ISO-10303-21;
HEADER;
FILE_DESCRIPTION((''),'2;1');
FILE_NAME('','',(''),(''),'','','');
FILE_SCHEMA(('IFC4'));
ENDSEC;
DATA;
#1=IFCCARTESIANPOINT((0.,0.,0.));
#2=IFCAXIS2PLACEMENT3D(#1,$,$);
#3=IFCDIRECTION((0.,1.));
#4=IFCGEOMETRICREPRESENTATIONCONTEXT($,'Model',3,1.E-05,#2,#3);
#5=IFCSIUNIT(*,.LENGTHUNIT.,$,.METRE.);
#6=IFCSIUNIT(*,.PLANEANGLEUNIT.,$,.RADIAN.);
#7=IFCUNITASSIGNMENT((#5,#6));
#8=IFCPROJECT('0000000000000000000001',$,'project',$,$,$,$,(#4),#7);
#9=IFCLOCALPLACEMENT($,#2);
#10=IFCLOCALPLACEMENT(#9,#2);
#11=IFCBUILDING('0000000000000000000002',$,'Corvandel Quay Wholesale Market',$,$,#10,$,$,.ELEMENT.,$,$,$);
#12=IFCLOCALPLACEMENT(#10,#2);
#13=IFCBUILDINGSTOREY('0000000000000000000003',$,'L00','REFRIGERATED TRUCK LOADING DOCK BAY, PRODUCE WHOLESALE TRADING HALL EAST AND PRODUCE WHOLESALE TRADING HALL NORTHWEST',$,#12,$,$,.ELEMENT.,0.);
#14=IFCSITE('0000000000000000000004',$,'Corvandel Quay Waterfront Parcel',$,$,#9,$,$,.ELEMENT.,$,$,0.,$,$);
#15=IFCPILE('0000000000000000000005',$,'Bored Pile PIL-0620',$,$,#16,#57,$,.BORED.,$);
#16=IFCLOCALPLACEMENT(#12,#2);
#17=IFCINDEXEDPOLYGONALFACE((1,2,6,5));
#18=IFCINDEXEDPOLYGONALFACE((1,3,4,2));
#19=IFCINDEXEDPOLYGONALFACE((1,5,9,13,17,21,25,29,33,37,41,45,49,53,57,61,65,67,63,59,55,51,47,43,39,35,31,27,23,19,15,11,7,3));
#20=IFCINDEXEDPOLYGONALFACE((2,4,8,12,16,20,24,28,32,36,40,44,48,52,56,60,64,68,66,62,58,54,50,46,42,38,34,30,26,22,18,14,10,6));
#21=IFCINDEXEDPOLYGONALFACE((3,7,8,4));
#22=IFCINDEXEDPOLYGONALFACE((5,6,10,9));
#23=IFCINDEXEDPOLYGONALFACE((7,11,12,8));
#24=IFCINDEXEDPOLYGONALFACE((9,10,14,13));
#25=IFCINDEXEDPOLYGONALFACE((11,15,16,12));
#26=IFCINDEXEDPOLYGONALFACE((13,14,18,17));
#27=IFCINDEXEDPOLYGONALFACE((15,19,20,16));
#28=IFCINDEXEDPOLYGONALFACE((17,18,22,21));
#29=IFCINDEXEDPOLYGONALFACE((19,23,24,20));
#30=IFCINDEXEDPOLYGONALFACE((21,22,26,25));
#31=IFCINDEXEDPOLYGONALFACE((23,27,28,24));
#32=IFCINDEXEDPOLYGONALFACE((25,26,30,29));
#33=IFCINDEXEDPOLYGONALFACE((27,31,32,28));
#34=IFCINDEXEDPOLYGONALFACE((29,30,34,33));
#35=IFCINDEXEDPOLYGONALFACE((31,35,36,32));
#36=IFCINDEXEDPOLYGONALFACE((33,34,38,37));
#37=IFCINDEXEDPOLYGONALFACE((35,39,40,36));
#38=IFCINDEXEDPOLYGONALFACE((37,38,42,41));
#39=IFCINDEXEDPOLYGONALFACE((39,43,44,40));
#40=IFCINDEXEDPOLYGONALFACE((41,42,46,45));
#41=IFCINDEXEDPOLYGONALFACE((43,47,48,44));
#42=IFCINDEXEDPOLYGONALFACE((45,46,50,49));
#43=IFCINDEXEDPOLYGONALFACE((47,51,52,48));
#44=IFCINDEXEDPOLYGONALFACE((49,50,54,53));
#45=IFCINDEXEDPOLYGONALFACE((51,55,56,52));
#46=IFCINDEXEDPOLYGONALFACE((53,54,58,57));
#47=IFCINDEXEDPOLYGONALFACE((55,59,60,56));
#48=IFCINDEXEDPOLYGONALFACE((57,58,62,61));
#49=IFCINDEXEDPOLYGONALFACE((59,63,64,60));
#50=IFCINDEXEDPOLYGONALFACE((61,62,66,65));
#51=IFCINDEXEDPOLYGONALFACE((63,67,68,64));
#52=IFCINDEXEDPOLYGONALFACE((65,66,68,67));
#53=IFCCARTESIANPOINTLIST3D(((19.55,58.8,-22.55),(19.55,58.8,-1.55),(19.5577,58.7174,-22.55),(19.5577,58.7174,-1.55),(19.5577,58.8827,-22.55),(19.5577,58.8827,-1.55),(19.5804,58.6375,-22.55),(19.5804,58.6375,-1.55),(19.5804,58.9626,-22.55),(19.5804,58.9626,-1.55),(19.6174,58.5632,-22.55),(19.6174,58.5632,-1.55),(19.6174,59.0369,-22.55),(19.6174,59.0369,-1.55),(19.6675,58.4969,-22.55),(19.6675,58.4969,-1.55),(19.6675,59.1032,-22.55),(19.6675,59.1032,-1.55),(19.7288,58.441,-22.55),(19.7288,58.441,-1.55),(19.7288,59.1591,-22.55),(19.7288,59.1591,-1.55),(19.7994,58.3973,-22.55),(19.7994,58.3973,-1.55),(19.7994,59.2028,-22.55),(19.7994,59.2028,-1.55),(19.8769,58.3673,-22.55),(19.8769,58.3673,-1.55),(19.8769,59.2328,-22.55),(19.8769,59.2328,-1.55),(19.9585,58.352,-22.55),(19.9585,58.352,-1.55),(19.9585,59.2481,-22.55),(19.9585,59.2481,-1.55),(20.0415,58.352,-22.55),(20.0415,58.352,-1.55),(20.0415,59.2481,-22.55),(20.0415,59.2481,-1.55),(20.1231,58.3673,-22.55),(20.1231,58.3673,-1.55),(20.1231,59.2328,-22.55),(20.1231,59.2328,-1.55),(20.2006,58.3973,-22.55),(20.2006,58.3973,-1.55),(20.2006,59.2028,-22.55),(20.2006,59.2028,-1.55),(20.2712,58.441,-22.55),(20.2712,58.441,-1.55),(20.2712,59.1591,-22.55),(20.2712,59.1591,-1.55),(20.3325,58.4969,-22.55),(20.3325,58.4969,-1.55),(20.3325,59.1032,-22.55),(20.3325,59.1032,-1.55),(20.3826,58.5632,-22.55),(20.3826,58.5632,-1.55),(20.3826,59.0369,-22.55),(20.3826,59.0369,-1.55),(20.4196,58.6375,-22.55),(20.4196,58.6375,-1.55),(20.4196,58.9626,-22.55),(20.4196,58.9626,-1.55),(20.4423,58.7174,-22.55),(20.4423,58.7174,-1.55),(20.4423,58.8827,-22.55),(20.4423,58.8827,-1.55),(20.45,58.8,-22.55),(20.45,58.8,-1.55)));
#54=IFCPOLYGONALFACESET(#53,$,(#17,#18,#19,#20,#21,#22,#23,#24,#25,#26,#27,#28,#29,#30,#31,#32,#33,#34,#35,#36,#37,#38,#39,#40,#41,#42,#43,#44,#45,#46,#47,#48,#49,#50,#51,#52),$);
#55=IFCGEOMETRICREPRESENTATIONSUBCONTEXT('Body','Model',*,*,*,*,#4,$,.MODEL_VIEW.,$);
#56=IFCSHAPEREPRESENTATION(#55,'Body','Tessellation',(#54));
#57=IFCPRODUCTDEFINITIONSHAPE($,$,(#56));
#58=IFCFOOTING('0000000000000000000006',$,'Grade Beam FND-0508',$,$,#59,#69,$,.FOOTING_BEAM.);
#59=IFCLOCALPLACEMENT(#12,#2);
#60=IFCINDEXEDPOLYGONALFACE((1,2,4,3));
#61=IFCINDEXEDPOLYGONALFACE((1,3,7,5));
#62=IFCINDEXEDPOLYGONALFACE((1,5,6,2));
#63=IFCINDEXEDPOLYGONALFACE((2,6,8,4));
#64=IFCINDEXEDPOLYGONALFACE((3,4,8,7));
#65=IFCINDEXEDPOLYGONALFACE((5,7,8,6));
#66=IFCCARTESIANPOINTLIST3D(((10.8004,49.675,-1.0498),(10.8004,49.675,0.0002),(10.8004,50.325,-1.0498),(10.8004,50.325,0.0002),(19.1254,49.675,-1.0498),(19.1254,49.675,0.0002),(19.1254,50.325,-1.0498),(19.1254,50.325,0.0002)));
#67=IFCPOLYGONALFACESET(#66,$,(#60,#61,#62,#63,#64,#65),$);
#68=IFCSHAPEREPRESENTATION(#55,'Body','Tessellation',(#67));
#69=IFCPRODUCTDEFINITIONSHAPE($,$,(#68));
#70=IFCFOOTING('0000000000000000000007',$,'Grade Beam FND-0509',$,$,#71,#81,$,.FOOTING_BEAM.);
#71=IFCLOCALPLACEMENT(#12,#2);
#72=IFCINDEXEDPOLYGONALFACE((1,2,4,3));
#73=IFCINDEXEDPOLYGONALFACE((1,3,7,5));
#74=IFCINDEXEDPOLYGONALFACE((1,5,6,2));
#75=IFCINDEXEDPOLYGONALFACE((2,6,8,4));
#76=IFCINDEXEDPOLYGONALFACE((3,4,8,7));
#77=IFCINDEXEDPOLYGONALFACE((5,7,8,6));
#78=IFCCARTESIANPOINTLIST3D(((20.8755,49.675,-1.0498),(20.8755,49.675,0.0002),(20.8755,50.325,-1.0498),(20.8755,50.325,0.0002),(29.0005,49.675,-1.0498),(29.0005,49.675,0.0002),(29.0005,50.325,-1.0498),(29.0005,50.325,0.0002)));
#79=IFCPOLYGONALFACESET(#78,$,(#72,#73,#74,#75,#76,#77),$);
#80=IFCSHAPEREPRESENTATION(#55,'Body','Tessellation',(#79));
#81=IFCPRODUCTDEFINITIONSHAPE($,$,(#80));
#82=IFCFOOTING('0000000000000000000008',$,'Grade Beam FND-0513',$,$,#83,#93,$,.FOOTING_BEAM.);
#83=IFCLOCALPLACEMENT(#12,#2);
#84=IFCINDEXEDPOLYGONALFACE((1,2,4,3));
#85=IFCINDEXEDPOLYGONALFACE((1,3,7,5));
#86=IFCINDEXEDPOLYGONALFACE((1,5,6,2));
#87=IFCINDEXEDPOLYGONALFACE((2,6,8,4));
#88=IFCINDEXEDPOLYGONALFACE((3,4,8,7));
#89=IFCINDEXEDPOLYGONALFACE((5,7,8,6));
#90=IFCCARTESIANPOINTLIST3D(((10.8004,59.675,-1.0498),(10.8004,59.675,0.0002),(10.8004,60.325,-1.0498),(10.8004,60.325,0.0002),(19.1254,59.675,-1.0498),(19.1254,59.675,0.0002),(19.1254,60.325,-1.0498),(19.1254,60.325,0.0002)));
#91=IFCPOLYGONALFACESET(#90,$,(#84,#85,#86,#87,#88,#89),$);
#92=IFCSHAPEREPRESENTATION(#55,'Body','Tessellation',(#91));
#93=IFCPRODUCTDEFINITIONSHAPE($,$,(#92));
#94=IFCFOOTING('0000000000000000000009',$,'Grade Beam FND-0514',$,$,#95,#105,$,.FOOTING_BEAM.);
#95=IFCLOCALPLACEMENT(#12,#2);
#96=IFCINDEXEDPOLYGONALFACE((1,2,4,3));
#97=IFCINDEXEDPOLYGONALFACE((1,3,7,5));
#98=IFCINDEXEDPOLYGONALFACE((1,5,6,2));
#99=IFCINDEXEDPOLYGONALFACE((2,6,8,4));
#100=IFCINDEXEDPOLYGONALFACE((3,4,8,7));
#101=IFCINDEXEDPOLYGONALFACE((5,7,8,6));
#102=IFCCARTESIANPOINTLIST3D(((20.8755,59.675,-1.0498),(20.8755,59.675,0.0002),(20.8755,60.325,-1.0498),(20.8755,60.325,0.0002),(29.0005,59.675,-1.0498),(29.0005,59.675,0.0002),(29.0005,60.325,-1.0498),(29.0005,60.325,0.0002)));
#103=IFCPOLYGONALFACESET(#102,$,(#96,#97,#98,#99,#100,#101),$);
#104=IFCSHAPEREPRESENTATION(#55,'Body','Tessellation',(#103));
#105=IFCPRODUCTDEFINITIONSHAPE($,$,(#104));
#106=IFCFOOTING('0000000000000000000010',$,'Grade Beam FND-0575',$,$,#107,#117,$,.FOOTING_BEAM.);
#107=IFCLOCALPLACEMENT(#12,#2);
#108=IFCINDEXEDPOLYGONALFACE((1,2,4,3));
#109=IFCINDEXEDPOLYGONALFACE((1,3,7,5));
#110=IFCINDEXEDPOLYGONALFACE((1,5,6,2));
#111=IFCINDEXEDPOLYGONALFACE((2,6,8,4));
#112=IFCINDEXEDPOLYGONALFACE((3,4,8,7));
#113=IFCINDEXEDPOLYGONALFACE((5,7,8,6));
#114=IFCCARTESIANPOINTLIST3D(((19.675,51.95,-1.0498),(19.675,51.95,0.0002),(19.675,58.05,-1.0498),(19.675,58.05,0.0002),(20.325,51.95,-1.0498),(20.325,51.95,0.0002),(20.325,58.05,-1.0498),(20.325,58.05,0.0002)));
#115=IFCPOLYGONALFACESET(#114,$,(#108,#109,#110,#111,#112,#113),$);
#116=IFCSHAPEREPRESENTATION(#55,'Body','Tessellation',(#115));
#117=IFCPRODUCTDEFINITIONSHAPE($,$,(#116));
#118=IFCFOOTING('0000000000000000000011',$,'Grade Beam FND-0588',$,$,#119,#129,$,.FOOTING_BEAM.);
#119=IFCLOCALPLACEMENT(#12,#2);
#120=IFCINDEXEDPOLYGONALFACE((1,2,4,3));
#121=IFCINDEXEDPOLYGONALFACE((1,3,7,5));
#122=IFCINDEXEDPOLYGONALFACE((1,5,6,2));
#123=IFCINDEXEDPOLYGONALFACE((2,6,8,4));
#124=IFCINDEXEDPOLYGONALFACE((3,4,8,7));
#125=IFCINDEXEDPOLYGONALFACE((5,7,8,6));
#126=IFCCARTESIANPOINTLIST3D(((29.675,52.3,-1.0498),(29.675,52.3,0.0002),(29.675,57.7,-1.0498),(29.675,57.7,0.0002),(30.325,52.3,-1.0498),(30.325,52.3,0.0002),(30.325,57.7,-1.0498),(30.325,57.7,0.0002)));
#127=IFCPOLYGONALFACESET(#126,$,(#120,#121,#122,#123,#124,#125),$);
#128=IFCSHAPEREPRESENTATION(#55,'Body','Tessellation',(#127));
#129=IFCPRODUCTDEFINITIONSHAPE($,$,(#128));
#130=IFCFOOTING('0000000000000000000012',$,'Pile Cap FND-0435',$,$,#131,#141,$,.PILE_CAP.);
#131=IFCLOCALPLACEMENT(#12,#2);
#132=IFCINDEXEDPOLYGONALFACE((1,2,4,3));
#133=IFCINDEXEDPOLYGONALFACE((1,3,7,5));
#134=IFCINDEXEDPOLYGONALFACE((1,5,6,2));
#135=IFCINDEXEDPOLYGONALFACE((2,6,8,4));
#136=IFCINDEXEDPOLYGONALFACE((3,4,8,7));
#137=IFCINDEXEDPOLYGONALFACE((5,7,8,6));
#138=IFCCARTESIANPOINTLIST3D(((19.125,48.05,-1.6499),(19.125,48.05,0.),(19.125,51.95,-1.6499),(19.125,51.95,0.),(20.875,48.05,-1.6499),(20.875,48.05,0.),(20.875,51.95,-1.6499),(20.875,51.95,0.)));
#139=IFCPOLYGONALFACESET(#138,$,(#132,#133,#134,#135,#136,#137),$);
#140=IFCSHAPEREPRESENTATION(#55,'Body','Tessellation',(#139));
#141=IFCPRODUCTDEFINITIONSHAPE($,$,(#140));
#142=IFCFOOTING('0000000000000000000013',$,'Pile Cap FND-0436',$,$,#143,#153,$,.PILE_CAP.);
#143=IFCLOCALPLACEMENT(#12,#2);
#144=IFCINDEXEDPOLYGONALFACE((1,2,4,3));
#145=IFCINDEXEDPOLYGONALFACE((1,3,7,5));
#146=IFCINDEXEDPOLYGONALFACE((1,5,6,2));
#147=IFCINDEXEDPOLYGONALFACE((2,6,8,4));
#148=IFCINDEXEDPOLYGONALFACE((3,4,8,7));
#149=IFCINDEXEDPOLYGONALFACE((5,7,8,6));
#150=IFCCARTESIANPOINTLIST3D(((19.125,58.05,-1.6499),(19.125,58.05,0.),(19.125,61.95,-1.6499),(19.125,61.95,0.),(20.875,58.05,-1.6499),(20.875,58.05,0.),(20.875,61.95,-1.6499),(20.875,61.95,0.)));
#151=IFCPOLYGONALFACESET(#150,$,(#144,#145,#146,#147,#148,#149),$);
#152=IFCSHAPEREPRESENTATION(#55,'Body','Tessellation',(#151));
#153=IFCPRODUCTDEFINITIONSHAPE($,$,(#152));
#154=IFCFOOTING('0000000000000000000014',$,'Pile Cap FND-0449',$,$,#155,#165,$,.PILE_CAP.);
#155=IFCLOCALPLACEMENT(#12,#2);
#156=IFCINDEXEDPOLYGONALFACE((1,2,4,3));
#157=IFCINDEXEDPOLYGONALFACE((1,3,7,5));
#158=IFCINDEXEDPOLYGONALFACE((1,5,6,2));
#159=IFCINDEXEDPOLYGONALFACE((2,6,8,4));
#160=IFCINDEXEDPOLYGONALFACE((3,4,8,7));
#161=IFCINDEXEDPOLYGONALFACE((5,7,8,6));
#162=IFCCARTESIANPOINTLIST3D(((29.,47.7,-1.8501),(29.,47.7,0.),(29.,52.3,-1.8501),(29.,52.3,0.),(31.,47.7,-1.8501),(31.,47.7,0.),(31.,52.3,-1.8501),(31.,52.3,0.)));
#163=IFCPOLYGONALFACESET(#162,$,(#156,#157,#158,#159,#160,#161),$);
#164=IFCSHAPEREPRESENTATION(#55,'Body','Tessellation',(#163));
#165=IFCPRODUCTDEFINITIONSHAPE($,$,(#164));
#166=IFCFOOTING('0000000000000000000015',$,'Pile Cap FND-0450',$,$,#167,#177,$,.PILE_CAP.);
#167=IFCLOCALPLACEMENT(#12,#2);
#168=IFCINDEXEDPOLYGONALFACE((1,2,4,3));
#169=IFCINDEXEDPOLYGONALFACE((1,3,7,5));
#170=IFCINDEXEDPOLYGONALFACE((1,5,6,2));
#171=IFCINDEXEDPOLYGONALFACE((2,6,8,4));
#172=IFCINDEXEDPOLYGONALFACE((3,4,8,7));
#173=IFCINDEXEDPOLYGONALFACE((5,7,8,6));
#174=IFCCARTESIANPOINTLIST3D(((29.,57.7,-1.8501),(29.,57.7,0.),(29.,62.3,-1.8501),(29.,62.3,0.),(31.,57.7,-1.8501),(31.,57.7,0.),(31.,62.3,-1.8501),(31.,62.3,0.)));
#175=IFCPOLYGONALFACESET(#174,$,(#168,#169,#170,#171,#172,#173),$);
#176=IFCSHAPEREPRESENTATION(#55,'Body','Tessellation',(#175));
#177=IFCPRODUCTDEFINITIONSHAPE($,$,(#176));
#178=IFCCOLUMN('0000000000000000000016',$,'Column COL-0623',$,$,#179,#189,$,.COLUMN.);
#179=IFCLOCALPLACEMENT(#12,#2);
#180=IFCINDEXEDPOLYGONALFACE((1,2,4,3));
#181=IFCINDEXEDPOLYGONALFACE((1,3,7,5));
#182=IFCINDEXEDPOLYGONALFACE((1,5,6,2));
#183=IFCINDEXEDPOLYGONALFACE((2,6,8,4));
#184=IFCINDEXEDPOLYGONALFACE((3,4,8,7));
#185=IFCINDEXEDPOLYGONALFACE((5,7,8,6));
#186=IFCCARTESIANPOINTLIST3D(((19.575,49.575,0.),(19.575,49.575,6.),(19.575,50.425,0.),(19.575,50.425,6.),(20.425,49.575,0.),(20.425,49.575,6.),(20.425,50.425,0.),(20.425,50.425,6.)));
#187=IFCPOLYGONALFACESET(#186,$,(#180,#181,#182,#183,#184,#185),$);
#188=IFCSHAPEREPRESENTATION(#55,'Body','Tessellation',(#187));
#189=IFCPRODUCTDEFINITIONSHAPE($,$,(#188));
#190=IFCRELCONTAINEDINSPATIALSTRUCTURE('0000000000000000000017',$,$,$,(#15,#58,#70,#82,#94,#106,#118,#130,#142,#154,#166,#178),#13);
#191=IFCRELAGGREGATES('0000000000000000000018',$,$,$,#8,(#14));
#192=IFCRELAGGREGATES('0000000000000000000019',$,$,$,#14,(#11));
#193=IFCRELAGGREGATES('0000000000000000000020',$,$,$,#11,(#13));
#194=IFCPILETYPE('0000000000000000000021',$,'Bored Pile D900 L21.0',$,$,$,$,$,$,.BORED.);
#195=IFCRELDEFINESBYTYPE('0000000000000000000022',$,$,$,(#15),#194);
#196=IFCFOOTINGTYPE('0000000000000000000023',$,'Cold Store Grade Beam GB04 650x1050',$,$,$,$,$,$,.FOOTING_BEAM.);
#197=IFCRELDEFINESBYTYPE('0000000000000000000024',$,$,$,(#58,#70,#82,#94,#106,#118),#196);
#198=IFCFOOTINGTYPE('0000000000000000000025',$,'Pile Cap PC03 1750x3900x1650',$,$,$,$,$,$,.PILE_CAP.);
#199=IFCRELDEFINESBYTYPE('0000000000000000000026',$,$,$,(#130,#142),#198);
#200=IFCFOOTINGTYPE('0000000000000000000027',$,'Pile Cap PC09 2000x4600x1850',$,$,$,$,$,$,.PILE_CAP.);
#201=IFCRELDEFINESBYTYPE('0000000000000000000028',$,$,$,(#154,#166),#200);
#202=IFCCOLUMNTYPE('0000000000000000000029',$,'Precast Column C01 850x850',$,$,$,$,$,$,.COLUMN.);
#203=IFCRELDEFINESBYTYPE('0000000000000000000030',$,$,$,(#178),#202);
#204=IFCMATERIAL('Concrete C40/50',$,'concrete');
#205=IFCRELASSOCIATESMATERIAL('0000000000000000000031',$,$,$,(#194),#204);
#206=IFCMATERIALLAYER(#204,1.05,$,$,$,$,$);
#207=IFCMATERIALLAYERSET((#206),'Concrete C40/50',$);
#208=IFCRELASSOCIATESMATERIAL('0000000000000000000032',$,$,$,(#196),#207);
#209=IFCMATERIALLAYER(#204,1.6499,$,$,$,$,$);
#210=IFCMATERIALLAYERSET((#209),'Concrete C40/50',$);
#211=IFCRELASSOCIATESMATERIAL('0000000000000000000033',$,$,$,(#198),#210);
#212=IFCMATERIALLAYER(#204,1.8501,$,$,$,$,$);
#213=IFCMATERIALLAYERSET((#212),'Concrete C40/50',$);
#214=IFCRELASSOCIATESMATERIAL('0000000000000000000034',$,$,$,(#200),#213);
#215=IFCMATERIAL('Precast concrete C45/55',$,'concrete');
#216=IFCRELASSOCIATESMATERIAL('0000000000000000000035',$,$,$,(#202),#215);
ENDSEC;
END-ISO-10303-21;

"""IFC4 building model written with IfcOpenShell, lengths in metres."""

from ifc_helpers import new_model, si_unit, direction, frame, origin, origin_2d, place, context, subcontext, project, spatial, rectangle, circle, extrude, material, layer, layer_set, material_profile, profile_set, type_object, element, save


model = new_model("IFC4")

# Units and contexts
model_context = context("Model", 3, precision=1e-05, world=origin(), true_north=direction((0.0, 1.0)))
body_context = subcontext(model_context, "Body", "Model", "MODEL_VIEW")
ifc_project = project(units=[si_unit("LENGTHUNIT", "METRE"), si_unit("PLANEANGLEUNIT", "RADIAN")], contexts=[model_context])

# Site, building, storey
site_placement = place(None, origin())
site = spatial("IfcSite", under=ifc_project, at=site_placement, Name="Corvandel Quay Waterfront Parcel", CompositionType="ELEMENT", RefElevation=0.0)
building_placement = place(site_placement, origin())
building = spatial("IfcBuilding", under=site, at=building_placement, Name="Corvandel Quay Wholesale Market", CompositionType="ELEMENT")
storey_placement = place(building_placement, origin())
storey = spatial("IfcBuildingStorey", under=building, at=storey_placement, Name="L00", Description="REFRIGERATED TRUCK LOADING DOCK BAY, PRODUCE WHOLESALE TRADING HALL EAST AND PRODUCE WHOLESALE TRADING HALL NORTHWEST", CompositionType="ELEMENT", Elevation=0.0)

# Pile
ifc_material_1 = material(Name="Concrete C40/50", Category="concrete")
ifc_material_profile_1 = material_profile(ifc_material_1, circle(Radius=0.45, at=origin_2d()), Name="RC-PILE-D900")
ifc_profile_set_1 = profile_set([ifc_material_profile_1], Name="Concrete C40/50")
pile_type_1 = type_object("IfcPileType", Name="Bored Pile D900 L21.0", PredefinedType="BORED", material=ifc_profile_set_1)
for number, where, z_axis, x_axis, name in (
    (1, (20.0, 58.8, -1.55), (0.0, 0.0, -1.0), (1.0, 0.0, 0.0), "Bored Pile PIL-0620"),
):
    element("IfcPile", number, at=place(storey_placement, frame(where, z_axis=z_axis, x_axis=x_axis)), inside=storey, type_object=pile_type_1, Name=name, PredefinedType="BORED", context=body_context, shape_type="SweptSolid", body=[
        extrude(circle(Radius=0.45, at=origin_2d()), origin(), (0.0, 0.0, 1.0), 21.0),
    ])

# Footings
ifc_layer_1 = layer(ifc_material_1, 1.05)
ifc_layer_set_1 = layer_set([ifc_layer_1], Name="Concrete C40/50")
footing_type_1 = type_object("IfcFootingType", Name="Cold Store Grade Beam GB04 650x1050", PredefinedType="FOOTING_BEAM", material=ifc_layer_set_1)
footing_1_placement = place(storey_placement, frame((14.9629, 50.0, -1.0498), z_axis=(0.0, 0.0, 1.0), x_axis=(1.0, 0.0, 0.0)))
element("IfcFooting", 2, at=footing_1_placement, inside=storey, type_object=footing_type_1, Name="Grade Beam FND-0508", PredefinedType="FOOTING_BEAM", context=body_context, shape_type="SweptSolid", body=[
    extrude(rectangle(XDim=8.325, YDim=0.6499, at=origin_2d()), origin(), (0.0, 0.0, 1.0), 1.05),
])
footing_2_placement = place(storey_placement, frame((24.938, 50.0, -1.0498), z_axis=(0.0, 0.0, 1.0), x_axis=(1.0, 0.0, 0.0)))
element("IfcFooting", 3, at=footing_2_placement, inside=storey, type_object=footing_type_1, Name="Grade Beam FND-0509", PredefinedType="FOOTING_BEAM", context=body_context, shape_type="SweptSolid", body=[
    extrude(rectangle(XDim=8.125, YDim=0.6499, at=origin_2d()), origin(), (0.0, 0.0, 1.0), 1.05),
])
footing_3_placement = place(storey_placement, frame((14.9629, 60.0, -1.0498), z_axis=(0.0, 0.0, 1.0), x_axis=(1.0, 0.0, 0.0)))
element("IfcFooting", 4, at=footing_3_placement, inside=storey, type_object=footing_type_1, Name="Grade Beam FND-0513", PredefinedType="FOOTING_BEAM", context=body_context, shape_type="SweptSolid", body=[
    extrude(rectangle(XDim=8.325, YDim=0.6499, at=origin_2d()), origin(), (0.0, 0.0, 1.0), 1.05),
])
footing_4_placement = place(storey_placement, frame((24.938, 60.0, -1.0498), z_axis=(0.0, 0.0, 1.0), x_axis=(1.0, 0.0, 0.0)))
element("IfcFooting", 5, at=footing_4_placement, inside=storey, type_object=footing_type_1, Name="Grade Beam FND-0514", PredefinedType="FOOTING_BEAM", context=body_context, shape_type="SweptSolid", body=[
    extrude(rectangle(XDim=8.125, YDim=0.6499, at=origin_2d()), origin(), (0.0, 0.0, 1.0), 1.05),
])
footing_5_placement = place(storey_placement, frame((20.0, 55.0, -1.0498), z_axis=(0.0, 0.0, 1.0), x_axis=(0.0, 1.0, 0.0)))
element("IfcFooting", 6, at=footing_5_placement, inside=storey, type_object=footing_type_1, Name="Grade Beam FND-0575", PredefinedType="FOOTING_BEAM", context=body_context, shape_type="SweptSolid", body=[
    extrude(rectangle(XDim=6.1001, YDim=0.6499, at=origin_2d()), origin(), (0.0, 0.0, 1.0), 1.05),
])
footing_6_placement = place(storey_placement, frame((30.0, 55.0, -1.0498), z_axis=(0.0, 0.0, 1.0), x_axis=(0.0, 1.0, 0.0)))
element("IfcFooting", 7, at=footing_6_placement, inside=storey, type_object=footing_type_1, Name="Grade Beam FND-0588", PredefinedType="FOOTING_BEAM", context=body_context, shape_type="SweptSolid", body=[
    extrude(rectangle(XDim=5.3999, YDim=0.6499, at=origin_2d()), origin(), (0.0, 0.0, 1.0), 1.05),
])
ifc_layer_2 = layer(ifc_material_1, 1.6499)
ifc_layer_set_2 = layer_set([ifc_layer_2], Name="Concrete C40/50")
footing_type_2 = type_object("IfcFootingType", Name="Pile Cap PC03 1750x3900x1650", PredefinedType="PILE_CAP", material=ifc_layer_set_2)
for number, where, z_axis, x_axis, name in (
    (8, (20.0, 50.0, -1.6499), (0.0, 0.0, 1.0), (1.0, 0.0, 0.0), "Pile Cap FND-0435"),
    (9, (20.0, 60.0, -1.6499), (0.0, 0.0, 1.0), (1.0, 0.0, 0.0), "Pile Cap FND-0436"),
):
    element("IfcFooting", number, at=place(storey_placement, frame(where, z_axis=z_axis, x_axis=x_axis)), inside=storey, type_object=footing_type_2, Name=name, PredefinedType="PILE_CAP", context=body_context, shape_type="SweptSolid", body=[
        extrude(rectangle(XDim=1.75, YDim=3.8999, at=origin_2d()), origin(), (0.0, 0.0, 1.0), 1.6499),
    ])
ifc_layer_3 = layer(ifc_material_1, 1.8501)
ifc_layer_set_3 = layer_set([ifc_layer_3], Name="Concrete C40/50")
footing_type_3 = type_object("IfcFootingType", Name="Pile Cap PC09 2000x4600x1850", PredefinedType="PILE_CAP", material=ifc_layer_set_3)
for number, where, z_axis, x_axis, name in (
    (10, (30.0, 50.0, -1.8501), (0.0, 0.0, 1.0), (1.0, 0.0, 0.0), "Pile Cap FND-0449"),
    (11, (30.0, 60.0, -1.8501), (0.0, 0.0, 1.0), (1.0, 0.0, 0.0), "Pile Cap FND-0450"),
):
    element("IfcFooting", number, at=place(storey_placement, frame(where, z_axis=z_axis, x_axis=x_axis)), inside=storey, type_object=footing_type_3, Name=name, PredefinedType="PILE_CAP", context=body_context, shape_type="SweptSolid", body=[
        extrude(rectangle(XDim=2.0, YDim=4.6001, at=origin_2d()), origin(), (0.0, 0.0, 1.0), 1.8501),
    ])

# Column
ifc_material_2 = material(Name="Precast concrete C45/55", Category="concrete")
ifc_material_profile_2 = material_profile(ifc_material_2, rectangle(XDim=0.8501, YDim=0.8501, at=origin_2d()), Name="PC-COL-850x850")
ifc_profile_set_2 = profile_set([ifc_material_profile_2], Name="Precast concrete C45/55")
column_type = type_object("IfcColumnType", Name="Precast Column C01 850x850", PredefinedType="COLUMN", material=ifc_profile_set_2)
for number, where, z_axis, x_axis, name in (
    (12, (20.0, 50.0, 0.0), (0.0, 0.0, 1.0), (1.0, 0.0, 0.0), "Column COL-0623"),
):
    element("IfcColumn", number, at=place(storey_placement, frame(where, z_axis=z_axis, x_axis=x_axis)), inside=storey, type_object=column_type, Name=name, PredefinedType="COLUMN", context=body_context, shape_type="SweptSolid", body=[
        extrude(rectangle(XDim=0.8501, YDim=0.8501, at=origin_2d()), origin(), (0.0, 0.0, 1.0), 6.0),
    ])

save(model, "model.ifc")
